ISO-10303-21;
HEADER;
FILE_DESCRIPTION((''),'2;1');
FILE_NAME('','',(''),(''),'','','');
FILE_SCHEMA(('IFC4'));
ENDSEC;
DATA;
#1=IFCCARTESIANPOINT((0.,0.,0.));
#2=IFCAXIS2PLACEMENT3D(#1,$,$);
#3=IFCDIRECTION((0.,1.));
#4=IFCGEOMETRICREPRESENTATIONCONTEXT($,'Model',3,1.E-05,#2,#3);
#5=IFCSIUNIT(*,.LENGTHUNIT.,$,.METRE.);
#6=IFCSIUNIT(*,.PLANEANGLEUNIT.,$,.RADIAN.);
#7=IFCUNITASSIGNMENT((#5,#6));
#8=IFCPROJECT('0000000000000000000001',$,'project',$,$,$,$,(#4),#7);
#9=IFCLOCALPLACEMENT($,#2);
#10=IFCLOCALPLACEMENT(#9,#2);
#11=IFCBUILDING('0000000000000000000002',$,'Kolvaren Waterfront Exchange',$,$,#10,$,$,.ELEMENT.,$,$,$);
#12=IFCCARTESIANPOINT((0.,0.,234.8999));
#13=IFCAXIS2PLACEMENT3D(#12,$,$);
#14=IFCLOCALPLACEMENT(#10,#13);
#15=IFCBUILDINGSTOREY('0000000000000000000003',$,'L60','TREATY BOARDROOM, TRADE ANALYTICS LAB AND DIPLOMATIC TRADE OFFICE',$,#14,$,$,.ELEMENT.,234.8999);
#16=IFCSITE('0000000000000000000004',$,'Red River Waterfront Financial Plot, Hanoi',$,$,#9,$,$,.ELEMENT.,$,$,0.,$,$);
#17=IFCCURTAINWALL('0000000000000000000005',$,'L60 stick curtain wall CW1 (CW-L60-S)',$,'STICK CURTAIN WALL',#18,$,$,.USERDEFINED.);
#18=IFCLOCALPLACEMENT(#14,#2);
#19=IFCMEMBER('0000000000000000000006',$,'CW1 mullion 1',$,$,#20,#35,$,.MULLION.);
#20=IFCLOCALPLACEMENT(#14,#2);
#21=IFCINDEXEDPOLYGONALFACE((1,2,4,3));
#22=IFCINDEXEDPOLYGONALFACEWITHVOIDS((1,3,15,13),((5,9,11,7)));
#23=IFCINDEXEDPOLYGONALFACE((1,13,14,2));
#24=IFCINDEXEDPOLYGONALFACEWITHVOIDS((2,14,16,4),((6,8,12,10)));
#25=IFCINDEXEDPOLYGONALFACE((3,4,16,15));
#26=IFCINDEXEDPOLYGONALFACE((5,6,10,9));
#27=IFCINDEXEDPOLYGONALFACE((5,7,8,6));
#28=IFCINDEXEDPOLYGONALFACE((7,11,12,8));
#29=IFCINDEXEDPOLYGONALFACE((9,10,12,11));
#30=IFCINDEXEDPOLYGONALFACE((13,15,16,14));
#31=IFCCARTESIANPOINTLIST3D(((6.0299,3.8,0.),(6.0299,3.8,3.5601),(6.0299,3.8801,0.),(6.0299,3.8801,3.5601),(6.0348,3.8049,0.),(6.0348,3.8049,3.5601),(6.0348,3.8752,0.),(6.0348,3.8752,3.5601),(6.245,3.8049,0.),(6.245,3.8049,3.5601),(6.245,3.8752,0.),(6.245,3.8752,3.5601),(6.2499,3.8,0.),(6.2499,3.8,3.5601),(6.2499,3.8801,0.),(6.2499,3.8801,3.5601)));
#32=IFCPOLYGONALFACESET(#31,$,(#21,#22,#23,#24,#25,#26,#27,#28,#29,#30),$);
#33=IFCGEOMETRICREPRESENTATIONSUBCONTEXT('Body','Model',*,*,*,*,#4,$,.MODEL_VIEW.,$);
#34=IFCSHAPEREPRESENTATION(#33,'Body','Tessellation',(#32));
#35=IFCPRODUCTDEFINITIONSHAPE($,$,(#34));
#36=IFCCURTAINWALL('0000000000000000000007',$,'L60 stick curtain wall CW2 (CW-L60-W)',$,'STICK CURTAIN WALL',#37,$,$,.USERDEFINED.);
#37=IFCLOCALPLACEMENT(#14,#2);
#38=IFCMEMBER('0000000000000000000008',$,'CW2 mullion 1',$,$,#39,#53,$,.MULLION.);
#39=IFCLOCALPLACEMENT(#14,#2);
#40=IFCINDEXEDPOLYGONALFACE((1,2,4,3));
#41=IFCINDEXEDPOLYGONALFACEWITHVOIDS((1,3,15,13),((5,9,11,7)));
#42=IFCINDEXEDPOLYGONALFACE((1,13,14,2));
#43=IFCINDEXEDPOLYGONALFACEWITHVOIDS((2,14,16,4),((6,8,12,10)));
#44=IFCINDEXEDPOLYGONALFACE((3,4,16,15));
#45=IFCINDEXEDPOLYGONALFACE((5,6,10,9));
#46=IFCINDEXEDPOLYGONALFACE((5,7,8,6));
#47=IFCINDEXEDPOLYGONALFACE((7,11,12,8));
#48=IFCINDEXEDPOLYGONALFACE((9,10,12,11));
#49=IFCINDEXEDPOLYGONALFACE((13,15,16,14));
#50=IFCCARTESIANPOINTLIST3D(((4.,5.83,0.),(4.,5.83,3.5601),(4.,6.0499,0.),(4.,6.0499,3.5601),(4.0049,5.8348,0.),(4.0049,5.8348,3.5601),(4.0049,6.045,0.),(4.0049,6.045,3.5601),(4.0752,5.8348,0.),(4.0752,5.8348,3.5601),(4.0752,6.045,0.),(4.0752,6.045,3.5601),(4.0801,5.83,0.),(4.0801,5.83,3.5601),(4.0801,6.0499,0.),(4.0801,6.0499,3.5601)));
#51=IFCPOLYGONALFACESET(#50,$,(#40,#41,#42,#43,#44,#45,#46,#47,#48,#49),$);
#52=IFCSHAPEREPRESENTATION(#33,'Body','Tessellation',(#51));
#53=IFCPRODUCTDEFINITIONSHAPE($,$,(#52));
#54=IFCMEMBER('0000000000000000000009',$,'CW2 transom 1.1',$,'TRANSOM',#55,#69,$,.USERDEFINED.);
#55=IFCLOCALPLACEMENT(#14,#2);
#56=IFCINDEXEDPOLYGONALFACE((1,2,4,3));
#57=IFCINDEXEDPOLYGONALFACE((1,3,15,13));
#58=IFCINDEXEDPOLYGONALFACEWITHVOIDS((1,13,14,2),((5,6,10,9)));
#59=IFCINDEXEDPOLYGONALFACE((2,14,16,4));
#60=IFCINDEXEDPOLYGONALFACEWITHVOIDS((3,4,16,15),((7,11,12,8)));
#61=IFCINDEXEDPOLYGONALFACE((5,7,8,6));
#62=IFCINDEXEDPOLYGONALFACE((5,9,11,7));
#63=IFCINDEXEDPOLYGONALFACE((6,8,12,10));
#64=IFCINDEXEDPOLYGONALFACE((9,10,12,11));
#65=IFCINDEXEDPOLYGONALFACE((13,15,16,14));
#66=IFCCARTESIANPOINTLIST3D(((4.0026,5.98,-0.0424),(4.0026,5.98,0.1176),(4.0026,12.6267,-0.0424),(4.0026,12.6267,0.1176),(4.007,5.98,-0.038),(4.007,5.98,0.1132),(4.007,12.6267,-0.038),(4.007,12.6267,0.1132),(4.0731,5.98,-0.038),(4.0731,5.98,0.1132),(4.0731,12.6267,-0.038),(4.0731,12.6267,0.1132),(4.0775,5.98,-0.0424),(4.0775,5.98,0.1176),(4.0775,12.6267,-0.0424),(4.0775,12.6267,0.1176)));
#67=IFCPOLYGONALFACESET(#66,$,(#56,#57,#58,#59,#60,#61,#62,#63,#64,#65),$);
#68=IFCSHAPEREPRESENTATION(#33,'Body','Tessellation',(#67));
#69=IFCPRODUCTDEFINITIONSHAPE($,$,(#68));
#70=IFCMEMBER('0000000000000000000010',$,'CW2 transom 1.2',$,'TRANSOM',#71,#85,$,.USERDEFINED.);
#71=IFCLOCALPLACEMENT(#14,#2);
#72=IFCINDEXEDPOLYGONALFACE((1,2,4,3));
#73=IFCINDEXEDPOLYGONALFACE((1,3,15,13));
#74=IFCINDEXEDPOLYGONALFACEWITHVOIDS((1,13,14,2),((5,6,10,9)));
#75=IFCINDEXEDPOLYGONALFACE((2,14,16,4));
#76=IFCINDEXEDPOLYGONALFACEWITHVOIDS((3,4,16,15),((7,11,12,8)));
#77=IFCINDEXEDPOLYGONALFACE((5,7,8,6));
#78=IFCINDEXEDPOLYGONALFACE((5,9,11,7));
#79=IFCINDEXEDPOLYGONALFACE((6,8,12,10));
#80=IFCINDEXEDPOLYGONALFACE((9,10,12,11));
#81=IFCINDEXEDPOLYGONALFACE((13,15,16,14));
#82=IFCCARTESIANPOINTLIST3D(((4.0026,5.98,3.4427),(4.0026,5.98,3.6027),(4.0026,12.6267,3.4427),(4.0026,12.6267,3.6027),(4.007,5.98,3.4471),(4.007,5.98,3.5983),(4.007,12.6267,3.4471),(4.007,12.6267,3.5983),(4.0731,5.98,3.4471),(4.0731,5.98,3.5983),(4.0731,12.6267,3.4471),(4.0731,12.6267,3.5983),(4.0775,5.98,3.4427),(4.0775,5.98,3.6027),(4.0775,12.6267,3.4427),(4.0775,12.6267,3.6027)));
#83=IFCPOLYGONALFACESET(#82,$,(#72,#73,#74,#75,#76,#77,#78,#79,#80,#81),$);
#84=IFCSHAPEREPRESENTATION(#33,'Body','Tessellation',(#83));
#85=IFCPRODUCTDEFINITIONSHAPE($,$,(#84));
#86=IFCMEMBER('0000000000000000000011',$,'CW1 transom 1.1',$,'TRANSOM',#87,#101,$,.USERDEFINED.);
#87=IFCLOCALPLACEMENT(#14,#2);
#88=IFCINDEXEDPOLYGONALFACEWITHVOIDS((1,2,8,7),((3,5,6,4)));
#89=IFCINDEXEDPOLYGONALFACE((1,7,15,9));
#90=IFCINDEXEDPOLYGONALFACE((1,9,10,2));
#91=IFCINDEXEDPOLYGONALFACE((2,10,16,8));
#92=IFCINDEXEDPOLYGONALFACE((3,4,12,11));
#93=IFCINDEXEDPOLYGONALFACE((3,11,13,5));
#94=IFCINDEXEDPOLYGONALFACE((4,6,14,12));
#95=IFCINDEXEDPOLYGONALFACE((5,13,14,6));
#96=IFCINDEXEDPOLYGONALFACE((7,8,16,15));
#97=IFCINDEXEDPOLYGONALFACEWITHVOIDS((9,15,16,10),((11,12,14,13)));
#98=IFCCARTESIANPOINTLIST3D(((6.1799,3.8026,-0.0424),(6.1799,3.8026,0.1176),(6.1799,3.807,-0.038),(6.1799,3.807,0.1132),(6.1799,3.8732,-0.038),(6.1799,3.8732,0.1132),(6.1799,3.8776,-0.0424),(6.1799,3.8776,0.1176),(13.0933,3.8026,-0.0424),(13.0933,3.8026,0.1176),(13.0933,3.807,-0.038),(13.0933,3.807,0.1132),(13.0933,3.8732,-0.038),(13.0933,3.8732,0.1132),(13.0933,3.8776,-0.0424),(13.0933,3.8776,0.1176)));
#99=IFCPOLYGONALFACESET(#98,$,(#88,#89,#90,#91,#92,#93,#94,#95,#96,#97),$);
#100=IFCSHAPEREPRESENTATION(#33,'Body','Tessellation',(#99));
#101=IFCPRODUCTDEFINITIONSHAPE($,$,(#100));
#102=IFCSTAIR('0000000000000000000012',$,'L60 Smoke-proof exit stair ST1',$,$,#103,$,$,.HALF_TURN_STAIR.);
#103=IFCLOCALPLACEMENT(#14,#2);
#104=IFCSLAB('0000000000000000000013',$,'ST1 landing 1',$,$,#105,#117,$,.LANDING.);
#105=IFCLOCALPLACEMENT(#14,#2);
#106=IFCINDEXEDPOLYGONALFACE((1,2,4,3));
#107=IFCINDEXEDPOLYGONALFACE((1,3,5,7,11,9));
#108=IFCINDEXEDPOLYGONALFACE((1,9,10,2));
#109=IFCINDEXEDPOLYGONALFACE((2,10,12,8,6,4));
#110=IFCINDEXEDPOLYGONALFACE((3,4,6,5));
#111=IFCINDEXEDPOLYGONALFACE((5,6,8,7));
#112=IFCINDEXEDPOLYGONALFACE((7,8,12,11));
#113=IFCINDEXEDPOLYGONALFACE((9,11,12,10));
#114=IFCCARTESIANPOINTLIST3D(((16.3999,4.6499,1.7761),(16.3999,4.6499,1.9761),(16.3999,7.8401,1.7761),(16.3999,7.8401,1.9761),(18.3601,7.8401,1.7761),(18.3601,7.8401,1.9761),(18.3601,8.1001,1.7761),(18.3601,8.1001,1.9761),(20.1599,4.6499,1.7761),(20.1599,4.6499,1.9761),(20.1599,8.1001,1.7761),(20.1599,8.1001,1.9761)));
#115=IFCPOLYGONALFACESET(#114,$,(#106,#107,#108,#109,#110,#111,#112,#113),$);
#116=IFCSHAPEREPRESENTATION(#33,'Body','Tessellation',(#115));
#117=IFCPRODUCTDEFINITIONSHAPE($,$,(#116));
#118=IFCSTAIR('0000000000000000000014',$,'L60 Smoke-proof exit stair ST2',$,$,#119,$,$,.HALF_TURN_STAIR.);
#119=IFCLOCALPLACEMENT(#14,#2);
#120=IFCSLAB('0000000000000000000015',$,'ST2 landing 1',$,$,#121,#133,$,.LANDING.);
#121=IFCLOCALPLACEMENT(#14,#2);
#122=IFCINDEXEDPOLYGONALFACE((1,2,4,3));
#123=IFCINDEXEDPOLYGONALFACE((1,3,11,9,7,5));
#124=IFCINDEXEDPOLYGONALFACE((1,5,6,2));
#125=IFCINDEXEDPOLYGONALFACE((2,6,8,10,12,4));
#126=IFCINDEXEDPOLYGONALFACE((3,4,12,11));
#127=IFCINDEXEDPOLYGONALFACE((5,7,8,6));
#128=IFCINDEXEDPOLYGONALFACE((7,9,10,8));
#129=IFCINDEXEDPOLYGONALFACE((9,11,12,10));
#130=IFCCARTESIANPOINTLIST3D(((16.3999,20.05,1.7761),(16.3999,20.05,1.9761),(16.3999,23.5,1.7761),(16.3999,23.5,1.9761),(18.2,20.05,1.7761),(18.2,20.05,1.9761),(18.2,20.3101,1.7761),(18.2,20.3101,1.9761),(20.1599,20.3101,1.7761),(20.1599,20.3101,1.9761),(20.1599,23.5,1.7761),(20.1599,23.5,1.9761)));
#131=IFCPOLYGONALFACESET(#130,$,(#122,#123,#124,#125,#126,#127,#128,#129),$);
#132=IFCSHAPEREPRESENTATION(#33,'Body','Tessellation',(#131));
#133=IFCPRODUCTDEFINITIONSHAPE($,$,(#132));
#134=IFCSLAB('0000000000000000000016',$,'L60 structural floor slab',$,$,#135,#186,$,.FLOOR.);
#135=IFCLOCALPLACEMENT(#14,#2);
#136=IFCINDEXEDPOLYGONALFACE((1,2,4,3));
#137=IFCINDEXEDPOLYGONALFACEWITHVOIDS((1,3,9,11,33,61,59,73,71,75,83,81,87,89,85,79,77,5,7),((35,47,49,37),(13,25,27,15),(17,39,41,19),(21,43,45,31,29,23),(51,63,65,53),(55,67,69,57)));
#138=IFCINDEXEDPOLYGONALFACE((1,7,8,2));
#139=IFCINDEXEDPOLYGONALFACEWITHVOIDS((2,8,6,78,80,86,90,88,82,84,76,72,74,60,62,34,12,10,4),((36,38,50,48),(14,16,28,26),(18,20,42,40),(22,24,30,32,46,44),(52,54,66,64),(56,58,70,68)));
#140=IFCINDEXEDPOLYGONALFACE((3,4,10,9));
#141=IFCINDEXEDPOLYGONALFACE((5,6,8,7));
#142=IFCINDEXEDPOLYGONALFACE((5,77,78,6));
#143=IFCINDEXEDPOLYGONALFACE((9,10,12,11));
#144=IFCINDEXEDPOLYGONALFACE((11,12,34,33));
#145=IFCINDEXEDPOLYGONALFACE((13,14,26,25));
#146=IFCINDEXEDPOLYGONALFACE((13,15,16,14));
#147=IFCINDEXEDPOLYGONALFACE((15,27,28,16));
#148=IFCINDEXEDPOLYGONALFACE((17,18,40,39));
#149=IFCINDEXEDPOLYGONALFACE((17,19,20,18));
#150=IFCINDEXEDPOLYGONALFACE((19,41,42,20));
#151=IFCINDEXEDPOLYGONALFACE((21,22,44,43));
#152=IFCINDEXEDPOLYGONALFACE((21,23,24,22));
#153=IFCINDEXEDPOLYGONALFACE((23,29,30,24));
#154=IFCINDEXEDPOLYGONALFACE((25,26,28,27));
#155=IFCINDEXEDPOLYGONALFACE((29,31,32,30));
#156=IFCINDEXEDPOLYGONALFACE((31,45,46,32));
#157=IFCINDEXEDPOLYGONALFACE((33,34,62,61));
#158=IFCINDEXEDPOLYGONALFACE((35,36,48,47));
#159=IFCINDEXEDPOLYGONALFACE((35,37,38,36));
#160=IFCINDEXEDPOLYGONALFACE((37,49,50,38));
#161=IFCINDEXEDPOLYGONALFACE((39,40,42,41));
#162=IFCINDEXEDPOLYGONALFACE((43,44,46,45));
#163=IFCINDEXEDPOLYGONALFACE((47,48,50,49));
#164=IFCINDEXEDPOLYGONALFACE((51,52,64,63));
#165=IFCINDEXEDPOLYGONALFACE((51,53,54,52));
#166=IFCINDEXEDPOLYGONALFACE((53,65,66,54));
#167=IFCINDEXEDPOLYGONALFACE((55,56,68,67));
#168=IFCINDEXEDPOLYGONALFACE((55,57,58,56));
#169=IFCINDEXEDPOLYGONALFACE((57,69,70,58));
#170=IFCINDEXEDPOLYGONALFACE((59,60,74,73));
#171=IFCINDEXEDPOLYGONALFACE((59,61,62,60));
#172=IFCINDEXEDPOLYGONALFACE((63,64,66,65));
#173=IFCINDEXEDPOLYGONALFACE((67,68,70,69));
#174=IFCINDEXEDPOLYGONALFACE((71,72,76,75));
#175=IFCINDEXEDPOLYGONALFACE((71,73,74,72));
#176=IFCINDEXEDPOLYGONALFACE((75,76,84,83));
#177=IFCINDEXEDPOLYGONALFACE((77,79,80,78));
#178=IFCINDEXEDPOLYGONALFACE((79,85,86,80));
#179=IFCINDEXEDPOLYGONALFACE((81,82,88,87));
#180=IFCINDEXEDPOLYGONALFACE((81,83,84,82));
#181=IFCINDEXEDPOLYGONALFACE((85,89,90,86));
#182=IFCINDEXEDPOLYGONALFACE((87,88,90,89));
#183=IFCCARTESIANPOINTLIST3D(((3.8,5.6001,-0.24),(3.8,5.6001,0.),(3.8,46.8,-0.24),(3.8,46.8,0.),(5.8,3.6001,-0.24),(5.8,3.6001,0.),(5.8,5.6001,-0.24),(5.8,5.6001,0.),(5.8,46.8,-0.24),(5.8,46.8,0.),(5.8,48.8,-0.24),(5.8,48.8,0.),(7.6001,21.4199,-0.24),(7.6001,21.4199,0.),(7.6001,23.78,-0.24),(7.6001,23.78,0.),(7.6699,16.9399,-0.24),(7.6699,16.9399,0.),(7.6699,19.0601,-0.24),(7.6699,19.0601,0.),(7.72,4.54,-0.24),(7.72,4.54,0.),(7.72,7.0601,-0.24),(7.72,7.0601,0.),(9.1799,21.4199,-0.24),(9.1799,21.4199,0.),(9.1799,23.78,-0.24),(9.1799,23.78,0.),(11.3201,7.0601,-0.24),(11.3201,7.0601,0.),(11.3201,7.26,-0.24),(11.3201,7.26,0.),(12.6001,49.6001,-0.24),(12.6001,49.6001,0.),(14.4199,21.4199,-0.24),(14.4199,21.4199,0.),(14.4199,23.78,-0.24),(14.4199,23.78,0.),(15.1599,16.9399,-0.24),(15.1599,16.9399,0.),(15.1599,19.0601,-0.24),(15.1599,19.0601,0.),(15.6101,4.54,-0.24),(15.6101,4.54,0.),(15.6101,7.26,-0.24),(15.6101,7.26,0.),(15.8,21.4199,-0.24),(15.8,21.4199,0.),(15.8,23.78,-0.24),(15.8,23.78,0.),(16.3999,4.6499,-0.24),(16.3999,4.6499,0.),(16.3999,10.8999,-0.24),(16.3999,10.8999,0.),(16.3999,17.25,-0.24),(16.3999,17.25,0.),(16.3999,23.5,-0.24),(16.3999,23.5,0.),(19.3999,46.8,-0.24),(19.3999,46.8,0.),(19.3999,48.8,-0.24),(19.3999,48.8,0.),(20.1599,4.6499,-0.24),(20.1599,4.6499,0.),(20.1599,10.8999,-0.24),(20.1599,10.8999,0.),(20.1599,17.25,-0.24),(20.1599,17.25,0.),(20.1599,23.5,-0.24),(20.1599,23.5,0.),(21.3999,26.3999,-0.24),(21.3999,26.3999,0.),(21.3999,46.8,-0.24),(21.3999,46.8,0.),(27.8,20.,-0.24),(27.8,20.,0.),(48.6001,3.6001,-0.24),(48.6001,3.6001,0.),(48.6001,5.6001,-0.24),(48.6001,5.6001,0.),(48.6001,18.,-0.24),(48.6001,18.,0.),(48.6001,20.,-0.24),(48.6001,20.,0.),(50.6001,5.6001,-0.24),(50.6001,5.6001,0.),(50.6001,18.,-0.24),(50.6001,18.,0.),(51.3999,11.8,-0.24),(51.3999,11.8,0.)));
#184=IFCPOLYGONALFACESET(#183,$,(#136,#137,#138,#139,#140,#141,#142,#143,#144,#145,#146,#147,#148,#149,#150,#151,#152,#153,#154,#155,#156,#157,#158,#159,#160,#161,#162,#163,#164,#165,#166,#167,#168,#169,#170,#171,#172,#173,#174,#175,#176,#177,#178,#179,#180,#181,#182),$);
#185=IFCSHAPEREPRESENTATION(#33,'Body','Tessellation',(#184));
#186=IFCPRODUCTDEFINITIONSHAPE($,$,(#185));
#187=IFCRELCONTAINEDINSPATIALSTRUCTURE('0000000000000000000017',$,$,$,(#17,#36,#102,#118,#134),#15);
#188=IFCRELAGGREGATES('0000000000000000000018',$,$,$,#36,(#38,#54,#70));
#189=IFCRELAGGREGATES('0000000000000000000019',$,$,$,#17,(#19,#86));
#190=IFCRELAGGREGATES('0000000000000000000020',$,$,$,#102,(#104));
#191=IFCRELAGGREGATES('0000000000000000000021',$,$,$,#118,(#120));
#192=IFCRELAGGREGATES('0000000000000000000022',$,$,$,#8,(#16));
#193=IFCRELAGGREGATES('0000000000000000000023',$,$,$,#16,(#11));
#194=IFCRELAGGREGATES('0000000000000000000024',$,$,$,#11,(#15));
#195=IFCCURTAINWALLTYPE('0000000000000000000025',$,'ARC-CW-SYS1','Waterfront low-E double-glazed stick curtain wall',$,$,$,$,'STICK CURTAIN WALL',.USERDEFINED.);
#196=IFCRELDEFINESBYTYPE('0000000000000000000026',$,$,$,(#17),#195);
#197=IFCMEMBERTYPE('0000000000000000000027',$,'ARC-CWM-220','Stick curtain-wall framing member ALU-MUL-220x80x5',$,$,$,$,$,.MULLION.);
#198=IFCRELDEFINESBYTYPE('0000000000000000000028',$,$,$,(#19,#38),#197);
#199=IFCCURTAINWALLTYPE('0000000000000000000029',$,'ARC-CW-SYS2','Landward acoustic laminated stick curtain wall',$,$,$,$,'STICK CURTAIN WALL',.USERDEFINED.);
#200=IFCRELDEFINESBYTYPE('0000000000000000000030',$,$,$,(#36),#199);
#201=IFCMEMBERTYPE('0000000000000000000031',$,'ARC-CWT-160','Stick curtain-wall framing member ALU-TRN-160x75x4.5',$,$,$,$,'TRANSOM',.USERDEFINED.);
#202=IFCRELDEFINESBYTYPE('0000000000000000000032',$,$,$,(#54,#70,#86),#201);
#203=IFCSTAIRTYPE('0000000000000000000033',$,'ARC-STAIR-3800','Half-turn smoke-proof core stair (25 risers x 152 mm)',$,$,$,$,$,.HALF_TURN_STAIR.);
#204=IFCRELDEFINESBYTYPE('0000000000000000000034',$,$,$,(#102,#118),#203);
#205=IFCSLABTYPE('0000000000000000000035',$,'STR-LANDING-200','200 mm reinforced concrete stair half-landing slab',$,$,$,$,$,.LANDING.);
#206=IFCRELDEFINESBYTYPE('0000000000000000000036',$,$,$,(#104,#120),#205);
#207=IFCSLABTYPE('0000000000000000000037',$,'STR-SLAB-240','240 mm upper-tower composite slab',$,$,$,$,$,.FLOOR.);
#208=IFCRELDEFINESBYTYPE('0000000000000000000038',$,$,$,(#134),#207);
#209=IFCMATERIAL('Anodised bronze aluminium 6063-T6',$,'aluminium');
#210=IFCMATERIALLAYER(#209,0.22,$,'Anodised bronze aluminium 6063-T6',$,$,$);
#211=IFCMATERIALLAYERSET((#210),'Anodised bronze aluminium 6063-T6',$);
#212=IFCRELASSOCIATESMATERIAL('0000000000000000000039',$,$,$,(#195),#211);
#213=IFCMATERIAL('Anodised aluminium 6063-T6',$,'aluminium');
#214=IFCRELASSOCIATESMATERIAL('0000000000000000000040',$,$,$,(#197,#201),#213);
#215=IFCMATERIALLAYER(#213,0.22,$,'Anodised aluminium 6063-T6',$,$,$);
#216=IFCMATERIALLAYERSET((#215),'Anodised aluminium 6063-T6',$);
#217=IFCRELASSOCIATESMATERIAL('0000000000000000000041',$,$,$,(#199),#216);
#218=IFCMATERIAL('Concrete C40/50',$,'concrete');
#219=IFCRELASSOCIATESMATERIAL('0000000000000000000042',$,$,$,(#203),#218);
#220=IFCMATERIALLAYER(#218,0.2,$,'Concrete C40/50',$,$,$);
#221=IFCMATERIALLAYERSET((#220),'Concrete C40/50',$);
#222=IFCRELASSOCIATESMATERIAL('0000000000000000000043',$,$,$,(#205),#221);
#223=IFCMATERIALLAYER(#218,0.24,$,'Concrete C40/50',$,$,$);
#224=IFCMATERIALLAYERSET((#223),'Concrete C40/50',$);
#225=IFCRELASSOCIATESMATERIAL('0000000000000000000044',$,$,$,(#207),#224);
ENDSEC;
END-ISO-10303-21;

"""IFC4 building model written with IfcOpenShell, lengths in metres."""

from ifc_helpers import new_model, si_unit, direction, frame, origin, origin_with_axes, origin_2d, place, context, subcontext, project, spatial, polyline, hollow_rectangle, outline, extrude, source, transform, mapped, material, layer, layer_set, material_profile, profile_set, type_object, element, aggregate, save


model = new_model("IFC4")

# Units and contexts
model_context = context("Model", 3, precision=1e-05, world=origin(), true_north=direction((0.0, 1.0)))
body_context = subcontext(model_context, "Body", "Model", "MODEL_VIEW")
ifc_project = project(units=[si_unit("LENGTHUNIT", "METRE"), si_unit("PLANEANGLEUNIT", "RADIAN")], contexts=[model_context])

# Site, building, storey
site_placement = place(None, origin())
site = spatial("IfcSite", under=ifc_project, at=site_placement, Name="Red River Waterfront Financial Plot, Hanoi", CompositionType="ELEMENT", RefElevation=0.0)
building_placement = place(site_placement, origin())
building = spatial("IfcBuilding", under=site, at=building_placement, Name="Kolvaren Waterfront Exchange", CompositionType="ELEMENT")
storey_placement = place(building_placement, frame((0.0, 0.0, 234.8999)))
storey = spatial("IfcBuildingStorey", under=building, at=storey_placement, Name="L60", Description="TREATY BOARDROOM, TRADE ANALYTICS LAB AND DIPLOMATIC TRADE OFFICE", CompositionType="ELEMENT", Elevation=234.8999)

# Curtain wall, member
ifc_material_1 = material(Name="Anodised bronze aluminium 6063-T6", Category="aluminium")
ifc_layer_1 = layer(ifc_material_1, 0.22, Name="Anodised bronze aluminium 6063-T6")
ifc_layer_set_1 = layer_set([ifc_layer_1], Name="Anodised bronze aluminium 6063-T6")
curtain_wall_type_1 = type_object("IfcCurtainWallType", Name="ARC-CW-SYS1", Description="Waterfront low-E double-glazed stick curtain wall", ElementType="STICK CURTAIN WALL", PredefinedType="USERDEFINED", material=ifc_layer_set_1)
curtain_wall_1_placement = place(storey_placement, origin())
curtain_wall_1 = element("IfcCurtainWall", 1, at=curtain_wall_1_placement, inside=storey, type_object=curtain_wall_type_1, Name="L60 stick curtain wall CW1 (CW-L60-S)", ObjectType="STICK CURTAIN WALL", PredefinedType="USERDEFINED")
ifc_material_2 = material(Name="Anodised aluminium 6063-T6", Category="aluminium")
ifc_material_profile_1 = material_profile(ifc_material_2, hollow_rectangle(XDim=0.0801, YDim=0.22, WallThickness=0.0049, at=origin_2d()), Name="ALU-MUL-220x80x5")
ifc_profile_set_1 = profile_set([ifc_material_profile_1], Name="Anodised aluminium 6063-T6")
member_type_1 = type_object("IfcMemberType", Name="ARC-CWM-220", Description="Stick curtain-wall framing member ALU-MUL-220x80x5", PredefinedType="MULLION", material=ifc_profile_set_1)
shared_shape_1 = source(origin_with_axes(), body_context, "Body", "SweptSolid", [
    extrude(hollow_rectangle(XDim=0.0801, YDim=0.22, WallThickness=0.0049, at=origin_2d()), origin(), (0.0, 0.0, 1.0), 3.5601),
])
member_1_placement = place(storey_placement, frame((6.1399, 3.8401, 0.0), z_axis=(0.0, 0.0, 1.0), x_axis=(0.0, 1.0, 0.0)))
member_1 = element("IfcMember", 2, at=member_1_placement, type_object=member_type_1, Name="CW1 mullion 1", PredefinedType="MULLION", context=body_context, shape_type="MappedRepresentation", body=[
    mapped(shared_shape_1, transform((0.0, 0.0, 0.0), x_axis=(1.0, 0.0, 0.0), y_axis=(0.0, 1.0, 0.0), z_axis=(0.0, 0.0, 1.0), scale=1.0)),
])

# Curtain wall, members
ifc_layer_2 = layer(ifc_material_2, 0.22, Name="Anodised aluminium 6063-T6")
ifc_layer_set_2 = layer_set([ifc_layer_2], Name="Anodised aluminium 6063-T6")
curtain_wall_type_2 = type_object("IfcCurtainWallType", Name="ARC-CW-SYS2", Description="Landward acoustic laminated stick curtain wall", ElementType="STICK CURTAIN WALL", PredefinedType="USERDEFINED", material=ifc_layer_set_2)
curtain_wall_2_placement = place(storey_placement, origin())
curtain_wall_2 = element("IfcCurtainWall", 3, at=curtain_wall_2_placement, inside=storey, type_object=curtain_wall_type_2, Name="L60 stick curtain wall CW2 (CW-L60-W)", ObjectType="STICK CURTAIN WALL", PredefinedType="USERDEFINED")
member_2_placement = place(storey_placement, frame((4.04, 5.9399, 0.0), z_axis=(0.0, 0.0, 1.0), x_axis=(-1.0, 0.0, 0.0)))
member_2 = element("IfcMember", 4, at=member_2_placement, type_object=member_type_1, Name="CW2 mullion 1", PredefinedType="MULLION", context=body_context, shape_type="MappedRepresentation", body=[
    mapped(shared_shape_1, transform((0.0, 0.0, 0.0), x_axis=(1.0, 0.0, 0.0), y_axis=(0.0, 1.0, 0.0), z_axis=(0.0, 0.0, 1.0), scale=1.0)),
])
ifc_material_profile_2 = material_profile(ifc_material_2, hollow_rectangle(XDim=0.075, YDim=0.1599, WallThickness=0.0044, at=origin_2d()), Name="ALU-TRN-160x75x4.5")
ifc_profile_set_2 = profile_set([ifc_material_profile_2], Name="Anodised aluminium 6063-T6")
member_type_2 = type_object("IfcMemberType", Name="ARC-CWT-160", Description="Stick curtain-wall framing member ALU-TRN-160x75x4.5", ElementType="TRANSOM", PredefinedType="USERDEFINED", material=ifc_profile_set_2)
shared_shape_2 = source(origin_with_axes(), body_context, "Body", "SweptSolid", [
    extrude(hollow_rectangle(XDim=0.075, YDim=0.1599, WallThickness=0.0044, at=origin_2d()), origin(), (0.0, 0.0, 1.0), 6.6467),
])
member_3_placement = place(storey_placement, frame((4.04, 5.98, 0.0376), z_axis=(0.0, 1.0, 0.0), x_axis=(-1.0, 0.0, 0.0)))
member_3 = element("IfcMember", 5, at=member_3_placement, type_object=member_type_2, Name="CW2 transom 1.1", ObjectType="TRANSOM", PredefinedType="USERDEFINED", context=body_context, shape_type="MappedRepresentation", body=[
    mapped(shared_shape_2, transform((0.0, 0.0, 0.0), x_axis=(1.0, 0.0, 0.0), y_axis=(0.0, 1.0, 0.0), z_axis=(0.0, 0.0, 1.0), scale=1.0)),
])
member_4_placement = place(storey_placement, frame((4.04, 5.98, 3.5227), z_axis=(0.0, 1.0, 0.0), x_axis=(-1.0, 0.0, 0.0)))
member_4 = element("IfcMember", 6, at=member_4_placement, type_object=member_type_2, Name="CW2 transom 1.2", ObjectType="TRANSOM", PredefinedType="USERDEFINED", context=body_context, shape_type="MappedRepresentation", body=[
    mapped(shared_shape_2, transform((0.0, 0.0, 0.0), x_axis=(1.0, 0.0, 0.0), y_axis=(0.0, 1.0, 0.0), z_axis=(0.0, 0.0, 1.0), scale=1.0)),
])
aggregate(curtain_wall_2, [member_2, member_3, member_4])

# Member
shared_shape_3 = source(origin_with_axes(), body_context, "Body", "SweptSolid", [
    extrude(hollow_rectangle(XDim=0.075, YDim=0.1599, WallThickness=0.0044, at=origin_2d()), origin(), (0.0, 0.0, 1.0), 6.9133),
])
member_5_placement = place(storey_placement, frame((6.1799, 3.8401, 0.0376), z_axis=(1.0, 0.0, 0.0), x_axis=(0.0, 1.0, 0.0)))
member_5 = element("IfcMember", 7, at=member_5_placement, type_object=member_type_2, Name="CW1 transom 1.1", ObjectType="TRANSOM", PredefinedType="USERDEFINED", context=body_context, shape_type="MappedRepresentation", body=[
    mapped(shared_shape_3, transform((0.0, 0.0, 0.0), x_axis=(1.0, 0.0, 0.0), y_axis=(0.0, 1.0, 0.0), z_axis=(0.0, 0.0, 1.0), scale=1.0)),
])
aggregate(curtain_wall_1, [member_1, member_5])

# Stairs, slabs
ifc_material_3 = material(Name="Concrete C40/50", Category="concrete")
stair_type = type_object("IfcStairType", Name="ARC-STAIR-3800", Description="Half-turn smoke-proof core stair (25 risers x 152 mm)", PredefinedType="HALF_TURN_STAIR", material=ifc_material_3)
stair_1_placement = place(storey_placement, origin())
stair_1 = element("IfcStair", 8, at=stair_1_placement, inside=storey, type_object=stair_type, Name="L60 Smoke-proof exit stair ST1", PredefinedType="HALF_TURN_STAIR")
ifc_layer_3 = layer(ifc_material_3, 0.2, Name="Concrete C40/50")
ifc_layer_set_3 = layer_set([ifc_layer_3], Name="Concrete C40/50")
slab_type_1 = type_object("IfcSlabType", Name="STR-LANDING-200", Description="200 mm reinforced concrete stair half-landing slab", PredefinedType="LANDING", material=ifc_layer_set_3)
slab_1_placement = place(storey_placement, frame((0.0, 0.0, 1.7761)))
slab_1 = element("IfcSlab", 9, at=slab_1_placement, type_object=slab_type_1, Name="ST1 landing 1", PredefinedType="LANDING", context=body_context, shape_type="SweptSolid", body=[
    extrude(outline(polyline([(16.3999, 7.8401), (16.3999, 4.6499), (20.1599, 4.6499), (20.1599, 8.1001), (18.3601, 8.1001), (18.3601, 7.8401), (16.3999, 7.8401)])), origin(), (0.0, 0.0, 1.0), 0.2),
])
aggregate(stair_1, [slab_1])
stair_2_placement = place(storey_placement, origin())
stair_2 = element("IfcStair", 10, at=stair_2_placement, inside=storey, type_object=stair_type, Name="L60 Smoke-proof exit stair ST2", PredefinedType="HALF_TURN_STAIR")
slab_2_placement = place(storey_placement, frame((0.0, 0.0, 1.7761)))
slab_2 = element("IfcSlab", 11, at=slab_2_placement, type_object=slab_type_1, Name="ST2 landing 1", PredefinedType="LANDING", context=body_context, shape_type="SweptSolid", body=[
    extrude(outline(polyline([(20.1599, 20.3101), (20.1599, 23.5), (16.3999, 23.5), (16.3999, 20.05), (18.2, 20.05), (18.2, 20.3101), (20.1599, 20.3101)])), origin(), (0.0, 0.0, 1.0), 0.2),
])
aggregate(stair_2, [slab_2])

# Slab
ifc_layer_4 = layer(ifc_material_3, 0.24, Name="Concrete C40/50")
ifc_layer_set_4 = layer_set([ifc_layer_4], Name="Concrete C40/50")
slab_type_2 = type_object("IfcSlabType", Name="STR-SLAB-240", Description="240 mm upper-tower composite slab", PredefinedType="FLOOR", material=ifc_layer_set_4)
slab_3_placement = place(storey_placement, frame((0.0, 0.0, -0.24)))
element("IfcSlab", 12, at=slab_3_placement, inside=storey, type_object=slab_type_2, Name="L60 structural floor slab", PredefinedType="FLOOR", context=body_context, shape_type="SweptSolid", body=[
    extrude(outline(polyline([(5.8, 3.6001), (48.6001, 3.6001), (48.6001, 5.6001), (50.6001, 5.6001), (51.3999, 11.8), (50.6001, 18.0), (48.6001, 18.0), (48.6001, 20.0), (27.8, 20.0), (21.3999, 26.3999), (21.3999, 46.8), (19.3999, 46.8), (19.3999, 48.8), (12.6001, 49.6001), (5.8, 48.8), (5.8, 46.8), (3.8, 46.8), (3.8, 5.6001), (5.8, 5.6001), (5.8, 3.6001)]), holes=[polyline([(11.3201, 7.26), (15.6101, 7.26), (15.6101, 4.54), (7.72, 4.54), (7.72, 7.0601), (11.3201, 7.0601), (11.3201, 7.26)]), polyline([(20.1599, 10.8999), (20.1599, 4.6499), (16.3999, 4.6499), (16.3999, 10.8999), (20.1599, 10.8999)]), polyline([(7.6699, 19.0601), (15.1599, 19.0601), (15.1599, 16.9399), (7.6699, 16.9399), (7.6699, 19.0601)]), polyline([(16.3999, 17.25), (16.3999, 23.5), (20.1599, 23.5), (20.1599, 17.25), (16.3999, 17.25)]), polyline([(7.6001, 23.78), (9.1799, 23.78), (9.1799, 21.4199), (7.6001, 21.4199), (7.6001, 23.78)]), polyline([(14.4199, 23.78), (15.8, 23.78), (15.8, 21.4199), (14.4199, 21.4199), (14.4199, 23.78)])]), origin(), (0.0, 0.0, 1.0), 0.24),
])

save(model, "model.ifc")
